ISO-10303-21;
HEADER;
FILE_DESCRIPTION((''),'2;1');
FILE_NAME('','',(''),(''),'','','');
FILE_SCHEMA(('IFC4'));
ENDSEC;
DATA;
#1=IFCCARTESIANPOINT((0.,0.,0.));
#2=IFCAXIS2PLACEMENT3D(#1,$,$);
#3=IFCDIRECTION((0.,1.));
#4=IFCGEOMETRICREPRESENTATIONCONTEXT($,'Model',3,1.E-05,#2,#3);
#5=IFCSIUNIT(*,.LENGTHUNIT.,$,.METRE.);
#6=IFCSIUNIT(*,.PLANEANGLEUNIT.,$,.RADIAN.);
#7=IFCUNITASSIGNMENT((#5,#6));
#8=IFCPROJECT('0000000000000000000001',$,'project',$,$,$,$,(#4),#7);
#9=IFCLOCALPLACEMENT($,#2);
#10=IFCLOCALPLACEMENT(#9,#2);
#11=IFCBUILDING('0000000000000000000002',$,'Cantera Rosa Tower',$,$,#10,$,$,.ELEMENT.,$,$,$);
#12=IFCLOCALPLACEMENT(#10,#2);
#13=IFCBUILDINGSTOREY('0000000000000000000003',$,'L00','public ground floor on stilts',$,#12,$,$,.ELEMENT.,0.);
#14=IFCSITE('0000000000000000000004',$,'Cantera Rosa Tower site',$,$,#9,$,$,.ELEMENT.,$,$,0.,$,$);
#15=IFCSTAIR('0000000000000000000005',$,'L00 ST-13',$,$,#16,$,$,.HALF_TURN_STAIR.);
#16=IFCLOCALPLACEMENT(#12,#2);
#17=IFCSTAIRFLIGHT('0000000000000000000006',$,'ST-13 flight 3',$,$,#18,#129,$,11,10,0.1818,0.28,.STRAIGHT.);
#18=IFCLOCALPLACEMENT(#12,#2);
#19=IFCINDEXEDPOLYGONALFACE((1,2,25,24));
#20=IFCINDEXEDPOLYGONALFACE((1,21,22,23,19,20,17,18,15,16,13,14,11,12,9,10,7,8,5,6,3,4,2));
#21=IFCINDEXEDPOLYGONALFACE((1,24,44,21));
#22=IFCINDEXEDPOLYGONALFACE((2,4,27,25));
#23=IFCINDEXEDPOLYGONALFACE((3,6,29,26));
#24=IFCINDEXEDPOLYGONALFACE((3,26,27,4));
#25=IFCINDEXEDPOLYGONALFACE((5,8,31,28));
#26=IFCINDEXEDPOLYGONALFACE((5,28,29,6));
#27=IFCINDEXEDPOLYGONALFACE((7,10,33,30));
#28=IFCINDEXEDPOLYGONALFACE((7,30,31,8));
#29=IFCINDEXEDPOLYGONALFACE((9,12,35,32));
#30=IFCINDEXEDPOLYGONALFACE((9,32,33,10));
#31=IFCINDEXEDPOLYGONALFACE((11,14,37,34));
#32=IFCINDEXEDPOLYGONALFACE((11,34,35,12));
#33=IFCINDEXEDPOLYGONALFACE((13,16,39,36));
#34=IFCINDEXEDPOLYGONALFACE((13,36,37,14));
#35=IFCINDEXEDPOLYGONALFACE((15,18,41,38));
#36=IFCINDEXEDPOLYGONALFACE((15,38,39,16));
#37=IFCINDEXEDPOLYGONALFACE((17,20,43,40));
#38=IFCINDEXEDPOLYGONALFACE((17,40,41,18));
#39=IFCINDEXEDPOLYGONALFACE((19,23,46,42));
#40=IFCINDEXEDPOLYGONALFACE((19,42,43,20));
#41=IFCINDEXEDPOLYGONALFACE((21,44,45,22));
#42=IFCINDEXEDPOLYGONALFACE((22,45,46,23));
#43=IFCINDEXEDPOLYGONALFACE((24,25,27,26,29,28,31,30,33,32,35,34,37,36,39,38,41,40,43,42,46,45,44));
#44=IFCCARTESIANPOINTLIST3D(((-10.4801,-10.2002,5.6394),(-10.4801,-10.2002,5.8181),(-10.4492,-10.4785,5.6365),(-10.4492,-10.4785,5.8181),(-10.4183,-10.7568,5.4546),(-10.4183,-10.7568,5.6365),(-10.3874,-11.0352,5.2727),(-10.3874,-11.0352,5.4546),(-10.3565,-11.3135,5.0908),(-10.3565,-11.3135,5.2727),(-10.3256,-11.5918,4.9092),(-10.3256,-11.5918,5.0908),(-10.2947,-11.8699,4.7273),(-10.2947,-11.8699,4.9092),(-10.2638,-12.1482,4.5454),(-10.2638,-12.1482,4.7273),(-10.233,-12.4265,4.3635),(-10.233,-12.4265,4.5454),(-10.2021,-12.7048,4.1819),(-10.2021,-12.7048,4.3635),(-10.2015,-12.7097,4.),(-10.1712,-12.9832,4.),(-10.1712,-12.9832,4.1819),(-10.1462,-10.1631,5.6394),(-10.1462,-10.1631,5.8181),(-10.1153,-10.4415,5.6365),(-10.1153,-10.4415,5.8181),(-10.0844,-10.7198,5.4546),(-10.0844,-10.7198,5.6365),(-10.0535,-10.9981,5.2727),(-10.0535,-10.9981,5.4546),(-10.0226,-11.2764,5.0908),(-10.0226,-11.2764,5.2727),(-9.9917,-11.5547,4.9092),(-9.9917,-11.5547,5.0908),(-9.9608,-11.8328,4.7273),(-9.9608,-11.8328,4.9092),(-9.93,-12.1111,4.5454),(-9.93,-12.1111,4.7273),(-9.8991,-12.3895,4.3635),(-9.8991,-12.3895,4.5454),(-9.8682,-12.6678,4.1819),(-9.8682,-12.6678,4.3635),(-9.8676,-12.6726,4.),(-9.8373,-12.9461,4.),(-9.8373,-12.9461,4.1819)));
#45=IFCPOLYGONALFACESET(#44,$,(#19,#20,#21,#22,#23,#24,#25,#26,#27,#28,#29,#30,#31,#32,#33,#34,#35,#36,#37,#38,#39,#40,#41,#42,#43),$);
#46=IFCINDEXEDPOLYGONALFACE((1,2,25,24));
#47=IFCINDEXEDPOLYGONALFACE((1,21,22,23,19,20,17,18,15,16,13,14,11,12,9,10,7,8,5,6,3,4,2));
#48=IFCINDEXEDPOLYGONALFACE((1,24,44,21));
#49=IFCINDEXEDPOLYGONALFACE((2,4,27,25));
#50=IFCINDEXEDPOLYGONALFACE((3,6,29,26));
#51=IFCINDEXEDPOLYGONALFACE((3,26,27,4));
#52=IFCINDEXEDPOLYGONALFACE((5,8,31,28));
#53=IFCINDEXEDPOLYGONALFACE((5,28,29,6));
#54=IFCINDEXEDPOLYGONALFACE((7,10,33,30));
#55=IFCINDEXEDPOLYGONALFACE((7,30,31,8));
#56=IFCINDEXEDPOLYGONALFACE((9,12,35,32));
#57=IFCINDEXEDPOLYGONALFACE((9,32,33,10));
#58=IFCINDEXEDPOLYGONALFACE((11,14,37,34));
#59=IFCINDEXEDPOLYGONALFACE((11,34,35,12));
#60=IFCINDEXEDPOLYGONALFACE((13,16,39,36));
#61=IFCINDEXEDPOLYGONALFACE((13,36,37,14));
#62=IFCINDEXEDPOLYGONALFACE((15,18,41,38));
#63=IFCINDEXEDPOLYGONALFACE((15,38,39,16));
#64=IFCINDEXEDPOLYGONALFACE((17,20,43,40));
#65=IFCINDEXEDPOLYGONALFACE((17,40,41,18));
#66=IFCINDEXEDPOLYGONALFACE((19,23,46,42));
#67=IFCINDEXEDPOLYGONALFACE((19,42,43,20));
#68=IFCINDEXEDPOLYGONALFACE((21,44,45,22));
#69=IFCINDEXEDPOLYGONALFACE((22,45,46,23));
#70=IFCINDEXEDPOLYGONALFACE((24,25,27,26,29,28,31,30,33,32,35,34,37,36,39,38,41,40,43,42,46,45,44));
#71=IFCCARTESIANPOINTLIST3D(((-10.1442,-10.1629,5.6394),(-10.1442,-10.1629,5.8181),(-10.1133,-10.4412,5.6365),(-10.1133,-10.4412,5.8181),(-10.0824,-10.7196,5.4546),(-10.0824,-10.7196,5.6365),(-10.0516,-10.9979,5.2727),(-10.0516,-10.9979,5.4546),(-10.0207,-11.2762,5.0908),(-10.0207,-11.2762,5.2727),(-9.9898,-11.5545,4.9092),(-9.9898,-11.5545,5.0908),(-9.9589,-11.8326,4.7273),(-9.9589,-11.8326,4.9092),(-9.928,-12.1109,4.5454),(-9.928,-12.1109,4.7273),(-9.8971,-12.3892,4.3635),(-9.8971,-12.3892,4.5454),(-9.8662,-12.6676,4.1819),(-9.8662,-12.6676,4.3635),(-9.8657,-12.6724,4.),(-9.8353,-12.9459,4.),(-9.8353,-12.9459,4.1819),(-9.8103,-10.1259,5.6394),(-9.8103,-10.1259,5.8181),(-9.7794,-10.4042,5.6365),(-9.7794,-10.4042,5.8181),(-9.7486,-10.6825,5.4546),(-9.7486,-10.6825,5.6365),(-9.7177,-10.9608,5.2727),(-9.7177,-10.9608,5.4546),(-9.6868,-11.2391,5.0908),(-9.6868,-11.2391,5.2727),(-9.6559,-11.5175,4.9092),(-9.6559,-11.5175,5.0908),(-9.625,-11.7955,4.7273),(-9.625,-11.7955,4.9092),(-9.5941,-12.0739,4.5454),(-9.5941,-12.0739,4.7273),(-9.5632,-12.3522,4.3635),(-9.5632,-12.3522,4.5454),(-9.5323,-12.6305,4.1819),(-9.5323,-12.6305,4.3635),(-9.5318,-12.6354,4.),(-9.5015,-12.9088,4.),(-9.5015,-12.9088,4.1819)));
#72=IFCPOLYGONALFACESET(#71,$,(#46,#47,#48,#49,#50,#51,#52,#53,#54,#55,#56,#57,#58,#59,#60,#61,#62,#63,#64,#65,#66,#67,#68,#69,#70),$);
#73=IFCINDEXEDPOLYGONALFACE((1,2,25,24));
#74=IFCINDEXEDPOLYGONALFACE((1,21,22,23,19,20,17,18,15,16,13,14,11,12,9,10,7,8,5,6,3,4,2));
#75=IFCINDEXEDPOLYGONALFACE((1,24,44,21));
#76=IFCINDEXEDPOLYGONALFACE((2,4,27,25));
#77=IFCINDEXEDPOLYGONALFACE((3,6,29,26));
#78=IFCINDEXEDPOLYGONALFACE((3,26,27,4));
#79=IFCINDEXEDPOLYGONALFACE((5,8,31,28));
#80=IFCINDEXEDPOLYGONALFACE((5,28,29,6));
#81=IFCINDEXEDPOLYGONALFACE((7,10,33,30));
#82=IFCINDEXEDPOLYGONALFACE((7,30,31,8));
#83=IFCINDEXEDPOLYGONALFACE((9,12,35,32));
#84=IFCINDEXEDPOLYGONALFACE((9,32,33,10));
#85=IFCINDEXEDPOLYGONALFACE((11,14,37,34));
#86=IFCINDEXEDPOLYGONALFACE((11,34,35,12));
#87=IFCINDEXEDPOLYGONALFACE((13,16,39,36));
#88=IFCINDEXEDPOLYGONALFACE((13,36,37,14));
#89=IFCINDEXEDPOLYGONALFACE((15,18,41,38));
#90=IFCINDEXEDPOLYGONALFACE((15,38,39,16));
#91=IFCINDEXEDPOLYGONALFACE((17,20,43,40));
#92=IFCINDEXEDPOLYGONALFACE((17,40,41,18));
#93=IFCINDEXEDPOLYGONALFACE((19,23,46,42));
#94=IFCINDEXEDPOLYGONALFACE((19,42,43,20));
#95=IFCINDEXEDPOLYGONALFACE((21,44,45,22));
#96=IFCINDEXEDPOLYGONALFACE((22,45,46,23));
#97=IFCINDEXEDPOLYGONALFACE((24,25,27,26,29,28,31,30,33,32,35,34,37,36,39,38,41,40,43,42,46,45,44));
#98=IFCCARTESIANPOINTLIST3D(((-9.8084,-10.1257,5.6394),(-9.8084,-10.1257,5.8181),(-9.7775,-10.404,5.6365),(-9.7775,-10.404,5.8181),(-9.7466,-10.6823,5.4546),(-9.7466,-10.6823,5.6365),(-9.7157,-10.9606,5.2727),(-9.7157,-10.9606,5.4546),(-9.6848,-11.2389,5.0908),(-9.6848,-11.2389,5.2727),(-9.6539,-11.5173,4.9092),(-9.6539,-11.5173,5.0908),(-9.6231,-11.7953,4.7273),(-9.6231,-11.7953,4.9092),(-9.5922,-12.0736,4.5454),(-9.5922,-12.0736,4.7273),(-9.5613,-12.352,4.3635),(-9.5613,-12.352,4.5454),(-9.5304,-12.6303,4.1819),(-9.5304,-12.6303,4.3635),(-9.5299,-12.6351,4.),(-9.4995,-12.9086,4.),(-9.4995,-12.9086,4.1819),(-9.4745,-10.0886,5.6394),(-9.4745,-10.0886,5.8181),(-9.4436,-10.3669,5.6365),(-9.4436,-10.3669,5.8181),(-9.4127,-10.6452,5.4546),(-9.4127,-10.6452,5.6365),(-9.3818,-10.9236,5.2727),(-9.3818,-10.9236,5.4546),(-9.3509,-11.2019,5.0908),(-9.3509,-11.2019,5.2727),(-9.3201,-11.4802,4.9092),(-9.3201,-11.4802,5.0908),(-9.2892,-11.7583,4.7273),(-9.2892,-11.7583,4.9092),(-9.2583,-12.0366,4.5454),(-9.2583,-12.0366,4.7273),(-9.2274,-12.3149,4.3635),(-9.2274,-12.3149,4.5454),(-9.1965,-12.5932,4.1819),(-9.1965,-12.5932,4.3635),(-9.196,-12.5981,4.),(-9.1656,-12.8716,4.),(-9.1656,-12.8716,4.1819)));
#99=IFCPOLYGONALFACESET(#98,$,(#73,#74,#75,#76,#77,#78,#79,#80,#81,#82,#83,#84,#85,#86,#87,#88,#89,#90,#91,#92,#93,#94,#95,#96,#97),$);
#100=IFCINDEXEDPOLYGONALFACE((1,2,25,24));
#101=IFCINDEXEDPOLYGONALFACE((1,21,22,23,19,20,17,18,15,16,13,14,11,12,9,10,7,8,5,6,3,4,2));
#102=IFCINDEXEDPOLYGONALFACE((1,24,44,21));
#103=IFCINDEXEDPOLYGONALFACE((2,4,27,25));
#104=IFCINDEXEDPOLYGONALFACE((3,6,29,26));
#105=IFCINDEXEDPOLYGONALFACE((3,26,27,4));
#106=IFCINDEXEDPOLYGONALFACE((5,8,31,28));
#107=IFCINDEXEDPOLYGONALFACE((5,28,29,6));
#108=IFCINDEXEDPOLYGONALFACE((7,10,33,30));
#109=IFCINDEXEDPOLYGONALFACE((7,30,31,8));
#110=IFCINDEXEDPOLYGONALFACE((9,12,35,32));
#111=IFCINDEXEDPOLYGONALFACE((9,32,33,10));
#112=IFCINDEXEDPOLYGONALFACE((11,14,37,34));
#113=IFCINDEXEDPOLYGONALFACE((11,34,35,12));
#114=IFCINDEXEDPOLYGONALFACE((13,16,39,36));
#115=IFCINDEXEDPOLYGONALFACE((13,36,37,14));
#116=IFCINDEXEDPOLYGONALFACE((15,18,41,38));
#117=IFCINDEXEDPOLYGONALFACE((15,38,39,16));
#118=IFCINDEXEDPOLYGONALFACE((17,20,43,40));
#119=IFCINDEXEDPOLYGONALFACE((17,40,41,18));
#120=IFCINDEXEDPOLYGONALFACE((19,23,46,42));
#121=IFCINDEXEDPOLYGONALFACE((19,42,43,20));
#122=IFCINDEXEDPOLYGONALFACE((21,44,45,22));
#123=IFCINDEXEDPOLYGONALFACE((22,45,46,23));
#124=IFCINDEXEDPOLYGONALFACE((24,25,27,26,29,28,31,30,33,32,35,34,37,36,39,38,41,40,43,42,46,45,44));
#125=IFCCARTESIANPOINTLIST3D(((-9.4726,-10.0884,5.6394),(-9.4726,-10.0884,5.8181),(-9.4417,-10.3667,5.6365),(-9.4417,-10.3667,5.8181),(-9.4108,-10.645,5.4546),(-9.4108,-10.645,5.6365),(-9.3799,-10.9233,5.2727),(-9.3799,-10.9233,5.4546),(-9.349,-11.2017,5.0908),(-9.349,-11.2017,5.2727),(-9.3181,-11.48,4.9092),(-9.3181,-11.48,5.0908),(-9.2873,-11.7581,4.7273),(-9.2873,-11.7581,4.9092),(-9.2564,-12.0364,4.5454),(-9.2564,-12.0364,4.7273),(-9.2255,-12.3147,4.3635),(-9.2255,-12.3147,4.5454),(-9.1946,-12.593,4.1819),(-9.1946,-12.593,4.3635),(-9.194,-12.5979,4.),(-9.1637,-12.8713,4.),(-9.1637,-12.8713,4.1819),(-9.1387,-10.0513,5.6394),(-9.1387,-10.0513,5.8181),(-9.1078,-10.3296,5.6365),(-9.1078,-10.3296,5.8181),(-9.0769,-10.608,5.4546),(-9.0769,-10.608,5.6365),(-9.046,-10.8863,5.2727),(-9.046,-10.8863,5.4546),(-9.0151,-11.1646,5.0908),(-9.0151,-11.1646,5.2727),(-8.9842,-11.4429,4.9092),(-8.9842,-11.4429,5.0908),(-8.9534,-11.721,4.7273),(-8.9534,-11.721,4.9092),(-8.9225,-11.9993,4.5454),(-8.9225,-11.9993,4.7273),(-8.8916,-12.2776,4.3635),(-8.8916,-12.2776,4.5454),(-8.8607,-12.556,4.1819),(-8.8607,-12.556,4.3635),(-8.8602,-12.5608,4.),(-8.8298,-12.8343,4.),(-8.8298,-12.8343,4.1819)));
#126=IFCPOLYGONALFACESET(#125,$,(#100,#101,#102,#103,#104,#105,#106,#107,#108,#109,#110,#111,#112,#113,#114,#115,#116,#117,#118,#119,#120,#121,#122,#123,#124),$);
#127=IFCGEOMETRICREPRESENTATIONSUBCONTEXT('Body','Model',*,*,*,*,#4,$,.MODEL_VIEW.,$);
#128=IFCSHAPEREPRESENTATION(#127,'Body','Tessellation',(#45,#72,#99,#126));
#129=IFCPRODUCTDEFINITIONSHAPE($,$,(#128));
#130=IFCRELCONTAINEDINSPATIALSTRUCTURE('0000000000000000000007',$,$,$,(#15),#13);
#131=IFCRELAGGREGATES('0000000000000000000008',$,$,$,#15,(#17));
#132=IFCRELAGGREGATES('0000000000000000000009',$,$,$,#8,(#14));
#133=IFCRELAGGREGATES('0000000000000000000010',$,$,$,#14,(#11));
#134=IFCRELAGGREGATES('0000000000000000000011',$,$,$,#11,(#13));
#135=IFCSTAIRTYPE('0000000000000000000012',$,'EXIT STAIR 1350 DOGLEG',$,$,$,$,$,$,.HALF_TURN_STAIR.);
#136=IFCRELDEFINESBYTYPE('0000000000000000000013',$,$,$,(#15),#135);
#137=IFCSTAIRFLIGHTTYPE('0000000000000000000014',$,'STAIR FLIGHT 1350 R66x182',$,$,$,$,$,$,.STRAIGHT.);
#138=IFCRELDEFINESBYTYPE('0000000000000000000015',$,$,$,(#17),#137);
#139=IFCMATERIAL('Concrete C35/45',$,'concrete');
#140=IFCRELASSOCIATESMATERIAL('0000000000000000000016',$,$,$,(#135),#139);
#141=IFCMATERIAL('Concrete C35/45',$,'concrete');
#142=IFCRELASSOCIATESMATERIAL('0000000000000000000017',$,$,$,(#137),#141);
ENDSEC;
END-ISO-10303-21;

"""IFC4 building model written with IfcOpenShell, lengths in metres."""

from ifc_helpers import new_model, si_unit, direction, frame, origin, place, context, subcontext, project, spatial, polyline, outline, extrude, material, type_object, element, aggregate, save


model = new_model("IFC4")

# Units and contexts
model_context = context("Model", 3, precision=1e-05, world=origin(), true_north=direction((0.0, 1.0)))
body_context = subcontext(model_context, "Body", "Model", "MODEL_VIEW")
ifc_project = project(units=[si_unit("LENGTHUNIT", "METRE"), si_unit("PLANEANGLEUNIT", "RADIAN")], contexts=[model_context])

# Site, building, storey
site_placement = place(None, origin())
site = spatial("IfcSite", under=ifc_project, at=site_placement, Name="Cantera Rosa Tower site", CompositionType="ELEMENT", RefElevation=0.0)
building_placement = place(site_placement, origin())
building = spatial("IfcBuilding", under=site, at=building_placement, Name="Cantera Rosa Tower", CompositionType="ELEMENT")
storey_placement = place(building_placement, origin())
storey = spatial("IfcBuildingStorey", under=building, at=storey_placement, Name="L00", Description="public ground floor on stilts", CompositionType="ELEMENT", Elevation=0.0)

# Stair, stair flight
ifc_material_1 = material(Name="Concrete C35/45", Category="concrete")
stair_type = type_object("IfcStairType", Name="EXIT STAIR 1350 DOGLEG", PredefinedType="HALF_TURN_STAIR", material=ifc_material_1)
stair_placement = place(storey_placement, origin())
stair = element("IfcStair", 1, at=stair_placement, inside=storey, type_object=stair_type, Name="L00 ST-13", PredefinedType="HALF_TURN_STAIR")
ifc_material_2 = material(Name="Concrete C35/45", Category="concrete")
stair_flight_type = type_object("IfcStairFlightType", Name="STAIR FLIGHT 1350 R66x182", PredefinedType="STRAIGHT", material=ifc_material_2)
stair_flight_1_placement = place(storey_placement, frame((-9.5002, -12.9087, 4.0), z_axis=(0.0, 0.0, 1.0), x_axis=(-0.110313, 0.993897, 0.0)))
stair_flight_1 = element("IfcStairFlight", 2, at=stair_flight_1_placement, type_object=stair_flight_type, Name="ST-13 flight 3", NumberOfRisers=11, NumberOfTreads=10, PredefinedType="STRAIGHT", RiserHeight=0.1818, TreadLength=0.28, context=body_context, shape_type="SweptSolid", body=[
    extrude(outline(polyline([(0.0, 0.0), (0.0, 0.1819), (0.28, 0.1819), (0.28, 0.3635), (0.5601, 0.3635), (0.5601, 0.5454), (0.8401, 0.5454), (0.8401, 0.7273), (1.1201, 0.7273), (1.1201, 0.9092), (1.3999, 0.9092), (1.3999, 1.0908), (1.6799, 1.0908), (1.6799, 1.2727), (1.96, 1.2727), (1.96, 1.4546), (2.24, 1.4546), (2.24, 1.6365), (2.52, 1.6365), (2.52, 1.8181), (2.8, 1.8181), (2.8, 2.0), (2.8, 1.6394), (0.2751, 0.0), (0.0, 0.0)])), frame((0.0, 0.675, 0.0), z_axis=(0.0, -1.0, 0.0), x_axis=(1.0, 0.0, 0.0)), (0.0, 0.0, 1.0), 0.3359),
    extrude(outline(polyline([(0.0, 0.0), (0.0, 0.1819), (0.28, 0.1819), (0.28, 0.3635), (0.5601, 0.3635), (0.5601, 0.5454), (0.8401, 0.5454), (0.8401, 0.7273), (1.1201, 0.7273), (1.1201, 0.9092), (1.3999, 0.9092), (1.3999, 1.0908), (1.6799, 1.0908), (1.6799, 1.2727), (1.96, 1.2727), (1.96, 1.4546), (2.24, 1.4546), (2.24, 1.6365), (2.52, 1.6365), (2.52, 1.8181), (2.8, 1.8181), (2.8, 2.0), (2.8, 1.6394), (0.2751, 0.0), (0.0, 0.0)])), frame((0.0, 0.3372, 0.0), z_axis=(0.0, -1.0, 0.0), x_axis=(1.0, 0.0, 0.0)), (0.0, 0.0, 1.0), 0.3359),
    extrude(outline(polyline([(0.0, 0.0), (0.0, 0.1819), (0.28, 0.1819), (0.28, 0.3635), (0.5601, 0.3635), (0.5601, 0.5454), (0.8401, 0.5454), (0.8401, 0.7273), (1.1201, 0.7273), (1.1201, 0.9092), (1.3999, 0.9092), (1.3999, 1.0908), (1.6799, 1.0908), (1.6799, 1.2727), (1.96, 1.2727), (1.96, 1.4546), (2.24, 1.4546), (2.24, 1.6365), (2.52, 1.6365), (2.52, 1.8181), (2.8, 1.8181), (2.8, 2.0), (2.8, 1.6394), (0.2751, 0.0), (0.0, 0.0)])), frame((0.0, -0.0007, 0.0), z_axis=(0.0, -1.0, 0.0), x_axis=(1.0, 0.0, 0.0)), (0.0, 0.0, 1.0), 0.3359),
    extrude(outline(polyline([(0.0, 0.0), (0.0, 0.1819), (0.28, 0.1819), (0.28, 0.3635), (0.5601, 0.3635), (0.5601, 0.5454), (0.8401, 0.5454), (0.8401, 0.7273), (1.1201, 0.7273), (1.1201, 0.9092), (1.3999, 0.9092), (1.3999, 1.0908), (1.6799, 1.0908), (1.6799, 1.2727), (1.96, 1.2727), (1.96, 1.4546), (2.24, 1.4546), (2.24, 1.6365), (2.52, 1.6365), (2.52, 1.8181), (2.8, 1.8181), (2.8, 2.0), (2.8, 1.6394), (0.2751, 0.0), (0.0, 0.0)])), frame((0.0, -0.3386, 0.0), z_axis=(0.0, -1.0, 0.0), x_axis=(1.0, 0.0, 0.0)), (0.0, 0.0, 1.0), 0.3359),
])
aggregate(stair, [stair_flight_1])

save(model, "model.ifc")
